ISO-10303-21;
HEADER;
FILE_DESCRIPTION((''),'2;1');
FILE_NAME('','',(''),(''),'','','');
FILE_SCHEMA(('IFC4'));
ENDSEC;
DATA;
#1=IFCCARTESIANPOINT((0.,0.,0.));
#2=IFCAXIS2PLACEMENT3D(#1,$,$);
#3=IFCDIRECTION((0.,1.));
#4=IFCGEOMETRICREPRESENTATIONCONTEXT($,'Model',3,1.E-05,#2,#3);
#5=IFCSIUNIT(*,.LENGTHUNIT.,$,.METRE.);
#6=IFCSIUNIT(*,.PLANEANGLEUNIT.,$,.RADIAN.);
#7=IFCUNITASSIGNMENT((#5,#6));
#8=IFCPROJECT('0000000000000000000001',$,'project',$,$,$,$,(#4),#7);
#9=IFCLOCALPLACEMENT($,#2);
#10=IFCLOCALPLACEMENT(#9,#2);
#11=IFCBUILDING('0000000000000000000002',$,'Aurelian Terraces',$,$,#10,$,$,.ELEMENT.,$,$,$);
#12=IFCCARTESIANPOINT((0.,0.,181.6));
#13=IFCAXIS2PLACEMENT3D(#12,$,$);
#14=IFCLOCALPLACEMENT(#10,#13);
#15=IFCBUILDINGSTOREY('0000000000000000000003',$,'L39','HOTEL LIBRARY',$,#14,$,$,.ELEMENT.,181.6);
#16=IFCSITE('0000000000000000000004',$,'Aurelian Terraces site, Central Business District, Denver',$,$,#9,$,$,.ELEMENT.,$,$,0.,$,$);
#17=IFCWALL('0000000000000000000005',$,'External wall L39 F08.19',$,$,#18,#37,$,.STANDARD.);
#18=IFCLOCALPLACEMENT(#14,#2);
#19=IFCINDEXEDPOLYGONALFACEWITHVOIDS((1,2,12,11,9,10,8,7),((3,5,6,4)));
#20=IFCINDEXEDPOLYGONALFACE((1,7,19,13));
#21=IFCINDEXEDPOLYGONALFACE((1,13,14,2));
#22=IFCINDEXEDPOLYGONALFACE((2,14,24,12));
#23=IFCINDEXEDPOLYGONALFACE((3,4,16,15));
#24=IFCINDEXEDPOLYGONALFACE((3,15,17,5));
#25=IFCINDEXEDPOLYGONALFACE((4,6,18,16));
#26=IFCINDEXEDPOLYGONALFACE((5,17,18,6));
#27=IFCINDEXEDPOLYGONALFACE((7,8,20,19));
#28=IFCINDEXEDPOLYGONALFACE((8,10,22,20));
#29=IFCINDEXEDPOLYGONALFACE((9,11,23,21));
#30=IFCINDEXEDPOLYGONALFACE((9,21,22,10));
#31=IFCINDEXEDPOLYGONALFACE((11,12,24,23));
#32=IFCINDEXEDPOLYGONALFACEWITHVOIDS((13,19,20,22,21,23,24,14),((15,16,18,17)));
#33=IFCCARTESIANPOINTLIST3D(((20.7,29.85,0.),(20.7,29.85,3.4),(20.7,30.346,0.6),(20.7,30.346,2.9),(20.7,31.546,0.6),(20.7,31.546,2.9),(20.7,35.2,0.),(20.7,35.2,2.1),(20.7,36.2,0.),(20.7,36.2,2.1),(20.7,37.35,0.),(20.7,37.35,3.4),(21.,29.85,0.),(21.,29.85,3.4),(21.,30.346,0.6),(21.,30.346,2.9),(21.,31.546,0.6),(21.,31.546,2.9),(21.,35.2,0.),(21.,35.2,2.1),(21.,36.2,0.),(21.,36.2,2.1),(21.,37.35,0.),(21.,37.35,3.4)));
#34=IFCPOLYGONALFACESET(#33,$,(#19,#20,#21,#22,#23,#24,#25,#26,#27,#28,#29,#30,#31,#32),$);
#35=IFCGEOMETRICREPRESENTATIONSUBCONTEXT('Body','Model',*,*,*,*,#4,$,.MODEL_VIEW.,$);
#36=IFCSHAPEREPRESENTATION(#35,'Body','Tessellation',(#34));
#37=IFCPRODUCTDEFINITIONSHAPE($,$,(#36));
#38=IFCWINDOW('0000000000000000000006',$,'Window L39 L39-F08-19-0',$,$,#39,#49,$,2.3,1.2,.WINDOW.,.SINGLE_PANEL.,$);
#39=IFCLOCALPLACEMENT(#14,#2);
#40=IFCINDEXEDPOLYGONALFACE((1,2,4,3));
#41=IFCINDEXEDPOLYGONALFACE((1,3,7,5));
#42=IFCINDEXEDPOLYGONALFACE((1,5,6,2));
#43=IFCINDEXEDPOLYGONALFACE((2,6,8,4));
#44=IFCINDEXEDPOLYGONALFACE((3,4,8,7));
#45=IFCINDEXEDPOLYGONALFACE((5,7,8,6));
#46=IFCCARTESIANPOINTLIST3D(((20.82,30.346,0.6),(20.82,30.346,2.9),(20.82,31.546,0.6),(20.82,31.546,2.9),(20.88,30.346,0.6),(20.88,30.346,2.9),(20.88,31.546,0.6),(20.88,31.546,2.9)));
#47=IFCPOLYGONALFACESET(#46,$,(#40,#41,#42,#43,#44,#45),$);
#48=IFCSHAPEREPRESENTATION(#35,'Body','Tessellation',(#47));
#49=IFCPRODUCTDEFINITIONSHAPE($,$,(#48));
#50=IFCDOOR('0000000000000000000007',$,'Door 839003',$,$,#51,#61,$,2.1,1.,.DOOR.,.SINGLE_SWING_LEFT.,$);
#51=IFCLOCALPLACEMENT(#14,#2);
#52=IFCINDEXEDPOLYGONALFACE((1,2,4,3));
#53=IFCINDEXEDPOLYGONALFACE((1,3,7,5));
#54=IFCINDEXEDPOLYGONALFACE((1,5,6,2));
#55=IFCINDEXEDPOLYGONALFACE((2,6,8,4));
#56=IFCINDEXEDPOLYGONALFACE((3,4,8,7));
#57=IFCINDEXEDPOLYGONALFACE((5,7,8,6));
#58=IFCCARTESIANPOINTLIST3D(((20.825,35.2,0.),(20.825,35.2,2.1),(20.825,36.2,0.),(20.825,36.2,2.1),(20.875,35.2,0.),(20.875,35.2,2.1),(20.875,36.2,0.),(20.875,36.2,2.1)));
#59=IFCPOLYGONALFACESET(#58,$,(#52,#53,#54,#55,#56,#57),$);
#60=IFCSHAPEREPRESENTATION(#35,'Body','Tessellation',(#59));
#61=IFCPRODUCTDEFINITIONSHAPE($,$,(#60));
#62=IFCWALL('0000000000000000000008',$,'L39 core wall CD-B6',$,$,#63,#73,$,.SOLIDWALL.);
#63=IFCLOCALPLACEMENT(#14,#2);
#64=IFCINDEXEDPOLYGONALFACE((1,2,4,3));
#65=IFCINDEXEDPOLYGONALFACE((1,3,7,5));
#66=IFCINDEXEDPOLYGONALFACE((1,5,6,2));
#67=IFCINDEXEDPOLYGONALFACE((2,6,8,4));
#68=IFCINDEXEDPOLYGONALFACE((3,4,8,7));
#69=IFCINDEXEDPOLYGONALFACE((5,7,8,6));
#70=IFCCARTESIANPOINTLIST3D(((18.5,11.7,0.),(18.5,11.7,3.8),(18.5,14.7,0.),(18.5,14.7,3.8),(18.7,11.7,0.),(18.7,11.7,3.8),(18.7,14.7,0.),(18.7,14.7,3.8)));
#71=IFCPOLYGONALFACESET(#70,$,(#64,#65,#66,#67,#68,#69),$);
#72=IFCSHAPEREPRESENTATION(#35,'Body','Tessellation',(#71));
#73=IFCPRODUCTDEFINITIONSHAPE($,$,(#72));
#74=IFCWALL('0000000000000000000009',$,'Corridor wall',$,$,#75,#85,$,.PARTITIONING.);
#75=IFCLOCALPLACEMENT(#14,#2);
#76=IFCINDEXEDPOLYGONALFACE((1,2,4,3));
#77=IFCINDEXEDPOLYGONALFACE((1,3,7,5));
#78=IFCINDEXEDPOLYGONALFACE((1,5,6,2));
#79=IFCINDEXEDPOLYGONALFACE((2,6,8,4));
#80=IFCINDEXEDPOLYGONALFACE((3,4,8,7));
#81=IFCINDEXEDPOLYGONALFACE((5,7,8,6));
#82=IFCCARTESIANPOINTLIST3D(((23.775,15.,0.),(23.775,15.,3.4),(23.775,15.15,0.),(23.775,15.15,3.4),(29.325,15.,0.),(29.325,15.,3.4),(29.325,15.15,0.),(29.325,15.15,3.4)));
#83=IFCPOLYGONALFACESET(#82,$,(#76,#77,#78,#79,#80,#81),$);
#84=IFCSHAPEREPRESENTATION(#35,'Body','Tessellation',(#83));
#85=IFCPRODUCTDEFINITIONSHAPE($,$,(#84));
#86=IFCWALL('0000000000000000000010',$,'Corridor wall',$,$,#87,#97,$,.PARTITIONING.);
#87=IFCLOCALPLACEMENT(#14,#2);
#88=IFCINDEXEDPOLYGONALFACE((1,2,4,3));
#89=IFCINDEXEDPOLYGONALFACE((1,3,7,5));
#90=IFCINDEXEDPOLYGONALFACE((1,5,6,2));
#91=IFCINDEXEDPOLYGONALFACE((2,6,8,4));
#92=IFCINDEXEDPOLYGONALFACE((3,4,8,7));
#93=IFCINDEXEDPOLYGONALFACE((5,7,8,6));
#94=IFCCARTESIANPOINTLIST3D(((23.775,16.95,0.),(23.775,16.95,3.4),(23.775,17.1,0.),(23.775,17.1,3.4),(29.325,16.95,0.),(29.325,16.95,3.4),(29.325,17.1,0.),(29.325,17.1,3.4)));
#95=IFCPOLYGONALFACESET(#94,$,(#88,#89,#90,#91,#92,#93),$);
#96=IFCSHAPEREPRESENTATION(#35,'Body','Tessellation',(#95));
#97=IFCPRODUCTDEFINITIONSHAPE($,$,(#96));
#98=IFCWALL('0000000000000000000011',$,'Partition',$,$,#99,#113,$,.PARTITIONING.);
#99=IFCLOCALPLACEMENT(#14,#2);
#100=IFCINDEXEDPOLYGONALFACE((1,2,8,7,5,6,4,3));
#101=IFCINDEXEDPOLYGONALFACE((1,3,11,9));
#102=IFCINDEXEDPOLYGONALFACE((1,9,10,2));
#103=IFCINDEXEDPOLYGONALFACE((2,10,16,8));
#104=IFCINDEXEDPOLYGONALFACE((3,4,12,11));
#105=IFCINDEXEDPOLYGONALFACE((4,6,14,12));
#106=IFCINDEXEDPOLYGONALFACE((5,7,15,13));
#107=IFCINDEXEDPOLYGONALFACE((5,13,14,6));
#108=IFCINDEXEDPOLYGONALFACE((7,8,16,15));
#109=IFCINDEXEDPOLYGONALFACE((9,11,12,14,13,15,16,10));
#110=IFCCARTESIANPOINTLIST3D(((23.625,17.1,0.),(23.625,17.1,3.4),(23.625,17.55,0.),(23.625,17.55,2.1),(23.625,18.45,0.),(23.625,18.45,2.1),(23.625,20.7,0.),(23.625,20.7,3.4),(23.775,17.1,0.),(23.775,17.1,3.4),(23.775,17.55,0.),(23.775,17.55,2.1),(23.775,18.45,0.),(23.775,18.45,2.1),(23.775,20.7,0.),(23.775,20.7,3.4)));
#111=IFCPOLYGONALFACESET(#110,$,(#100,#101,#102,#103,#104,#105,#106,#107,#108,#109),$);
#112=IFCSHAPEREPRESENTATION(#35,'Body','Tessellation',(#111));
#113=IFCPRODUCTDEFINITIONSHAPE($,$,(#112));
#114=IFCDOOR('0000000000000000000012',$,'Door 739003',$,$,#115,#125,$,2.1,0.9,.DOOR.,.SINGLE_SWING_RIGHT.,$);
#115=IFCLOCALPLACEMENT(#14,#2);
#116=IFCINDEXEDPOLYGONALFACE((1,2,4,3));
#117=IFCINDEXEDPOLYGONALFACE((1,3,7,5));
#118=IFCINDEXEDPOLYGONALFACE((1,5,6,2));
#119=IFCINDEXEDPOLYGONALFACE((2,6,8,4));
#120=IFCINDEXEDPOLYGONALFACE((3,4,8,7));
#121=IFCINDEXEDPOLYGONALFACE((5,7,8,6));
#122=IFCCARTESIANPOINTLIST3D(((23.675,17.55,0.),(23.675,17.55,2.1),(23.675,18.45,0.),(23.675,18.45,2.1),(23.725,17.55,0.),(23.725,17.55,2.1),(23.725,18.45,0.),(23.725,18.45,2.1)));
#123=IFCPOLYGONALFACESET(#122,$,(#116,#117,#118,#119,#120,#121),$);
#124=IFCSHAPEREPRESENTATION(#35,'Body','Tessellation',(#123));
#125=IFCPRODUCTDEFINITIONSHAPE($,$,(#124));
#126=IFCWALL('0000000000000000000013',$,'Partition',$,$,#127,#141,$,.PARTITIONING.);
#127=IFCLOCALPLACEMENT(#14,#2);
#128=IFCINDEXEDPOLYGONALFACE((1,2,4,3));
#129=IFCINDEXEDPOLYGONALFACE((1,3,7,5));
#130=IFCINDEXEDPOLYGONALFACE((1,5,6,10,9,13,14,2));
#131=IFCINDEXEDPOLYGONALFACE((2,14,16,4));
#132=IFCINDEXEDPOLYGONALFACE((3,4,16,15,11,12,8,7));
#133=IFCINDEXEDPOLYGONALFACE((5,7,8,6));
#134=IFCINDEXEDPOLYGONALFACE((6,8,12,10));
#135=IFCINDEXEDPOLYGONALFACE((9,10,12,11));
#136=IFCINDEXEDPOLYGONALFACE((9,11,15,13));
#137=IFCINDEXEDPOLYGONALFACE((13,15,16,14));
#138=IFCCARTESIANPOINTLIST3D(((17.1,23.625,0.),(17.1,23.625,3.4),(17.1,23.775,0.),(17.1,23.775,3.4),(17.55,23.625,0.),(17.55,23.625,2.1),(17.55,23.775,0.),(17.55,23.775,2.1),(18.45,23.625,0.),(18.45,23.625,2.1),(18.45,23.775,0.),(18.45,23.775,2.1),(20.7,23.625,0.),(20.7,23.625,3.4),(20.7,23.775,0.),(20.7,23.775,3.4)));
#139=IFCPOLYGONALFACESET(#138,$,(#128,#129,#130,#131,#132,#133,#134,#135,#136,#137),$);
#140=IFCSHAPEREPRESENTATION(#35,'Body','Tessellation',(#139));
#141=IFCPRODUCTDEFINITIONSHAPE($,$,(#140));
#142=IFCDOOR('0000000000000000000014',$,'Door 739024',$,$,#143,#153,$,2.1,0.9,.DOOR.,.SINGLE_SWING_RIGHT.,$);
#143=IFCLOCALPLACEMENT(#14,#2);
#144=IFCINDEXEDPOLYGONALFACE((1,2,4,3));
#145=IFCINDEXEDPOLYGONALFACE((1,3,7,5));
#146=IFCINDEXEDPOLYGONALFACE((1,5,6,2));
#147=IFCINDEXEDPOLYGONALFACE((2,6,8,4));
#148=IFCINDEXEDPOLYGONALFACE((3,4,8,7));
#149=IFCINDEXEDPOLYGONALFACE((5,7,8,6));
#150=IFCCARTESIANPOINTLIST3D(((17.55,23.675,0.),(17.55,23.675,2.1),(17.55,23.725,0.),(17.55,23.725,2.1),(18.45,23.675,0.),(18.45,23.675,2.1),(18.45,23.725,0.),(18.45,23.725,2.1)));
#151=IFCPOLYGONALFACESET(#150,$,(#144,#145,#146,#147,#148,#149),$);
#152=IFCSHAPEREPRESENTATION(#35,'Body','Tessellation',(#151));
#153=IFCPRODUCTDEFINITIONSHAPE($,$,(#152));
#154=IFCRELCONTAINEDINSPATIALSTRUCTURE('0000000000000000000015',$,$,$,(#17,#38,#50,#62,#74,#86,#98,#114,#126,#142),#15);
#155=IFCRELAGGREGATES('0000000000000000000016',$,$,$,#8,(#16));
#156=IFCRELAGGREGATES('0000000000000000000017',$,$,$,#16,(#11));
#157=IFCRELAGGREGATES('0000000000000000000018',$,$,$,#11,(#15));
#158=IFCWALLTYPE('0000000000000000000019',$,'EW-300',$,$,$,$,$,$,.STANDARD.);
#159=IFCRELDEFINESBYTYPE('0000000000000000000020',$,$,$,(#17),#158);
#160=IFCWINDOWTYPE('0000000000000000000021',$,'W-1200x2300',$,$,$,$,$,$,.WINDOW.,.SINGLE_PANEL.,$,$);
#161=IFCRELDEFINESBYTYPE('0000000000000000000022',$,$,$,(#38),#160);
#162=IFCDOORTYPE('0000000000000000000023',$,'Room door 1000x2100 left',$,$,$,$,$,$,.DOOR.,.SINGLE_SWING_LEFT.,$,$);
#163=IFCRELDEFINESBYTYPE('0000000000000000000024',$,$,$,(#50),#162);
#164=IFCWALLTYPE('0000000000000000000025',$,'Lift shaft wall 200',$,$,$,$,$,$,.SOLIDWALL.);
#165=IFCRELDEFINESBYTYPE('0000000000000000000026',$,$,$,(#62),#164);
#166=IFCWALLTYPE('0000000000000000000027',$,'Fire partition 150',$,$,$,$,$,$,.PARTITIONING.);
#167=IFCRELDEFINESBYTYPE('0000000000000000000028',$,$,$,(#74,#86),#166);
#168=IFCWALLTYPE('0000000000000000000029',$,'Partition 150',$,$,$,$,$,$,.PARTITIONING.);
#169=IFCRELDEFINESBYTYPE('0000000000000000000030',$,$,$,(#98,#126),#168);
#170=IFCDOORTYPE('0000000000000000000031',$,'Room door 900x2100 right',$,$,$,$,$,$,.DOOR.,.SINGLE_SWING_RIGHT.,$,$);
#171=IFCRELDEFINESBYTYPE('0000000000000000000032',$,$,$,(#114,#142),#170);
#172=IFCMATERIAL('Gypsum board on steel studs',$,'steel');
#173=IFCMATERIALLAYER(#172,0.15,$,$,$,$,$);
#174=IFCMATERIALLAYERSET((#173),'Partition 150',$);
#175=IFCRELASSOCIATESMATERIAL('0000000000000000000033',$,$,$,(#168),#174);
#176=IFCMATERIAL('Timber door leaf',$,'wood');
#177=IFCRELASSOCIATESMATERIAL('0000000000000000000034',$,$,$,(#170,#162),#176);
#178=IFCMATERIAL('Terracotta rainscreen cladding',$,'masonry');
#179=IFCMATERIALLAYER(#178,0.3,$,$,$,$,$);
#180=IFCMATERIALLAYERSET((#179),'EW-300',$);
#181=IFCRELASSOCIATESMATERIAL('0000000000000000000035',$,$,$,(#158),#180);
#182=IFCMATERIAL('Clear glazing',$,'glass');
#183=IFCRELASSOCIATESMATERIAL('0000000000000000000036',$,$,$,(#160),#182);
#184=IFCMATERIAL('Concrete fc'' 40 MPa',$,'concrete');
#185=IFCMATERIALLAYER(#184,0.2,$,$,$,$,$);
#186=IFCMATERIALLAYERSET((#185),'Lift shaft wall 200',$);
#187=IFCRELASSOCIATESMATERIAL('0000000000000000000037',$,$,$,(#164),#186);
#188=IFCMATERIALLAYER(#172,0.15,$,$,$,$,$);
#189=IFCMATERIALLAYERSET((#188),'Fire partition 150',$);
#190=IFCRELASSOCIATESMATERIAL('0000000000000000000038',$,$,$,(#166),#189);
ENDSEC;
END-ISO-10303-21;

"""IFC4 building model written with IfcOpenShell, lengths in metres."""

from ifc_helpers import new_model, si_unit, direction, frame, frame_2d, origin, place, context, subcontext, project, spatial, rectangle, extrude, source, transform, mapped, material, layer, layer_set, type_object, element, fill, save


model = new_model("IFC4")

# Units and contexts
model_context = context("Model", 3, precision=1e-05, world=origin(), true_north=direction((0.0, 1.0)))
body_context = subcontext(model_context, "Body", "Model", "MODEL_VIEW")
ifc_project = project(units=[si_unit("LENGTHUNIT", "METRE"), si_unit("PLANEANGLEUNIT", "RADIAN")], contexts=[model_context])

# Site, building, storey
site_placement = place(None, origin())
site = spatial("IfcSite", under=ifc_project, at=site_placement, Name="Aurelian Terraces site, Central Business District, Denver", CompositionType="ELEMENT", RefElevation=0.0)
building_placement = place(site_placement, origin())
building = spatial("IfcBuilding", under=site, at=building_placement, Name="Aurelian Terraces", CompositionType="ELEMENT")
storey_placement = place(building_placement, frame((0.0, 0.0, 181.6)))
storey = spatial("IfcBuildingStorey", under=building, at=storey_placement, Name="L39", Description="HOTEL LIBRARY", CompositionType="ELEMENT", Elevation=181.6)

# Shared definitions
ifc_material_1 = material(Name="Gypsum board on steel studs", Category="steel")
ifc_layer_1 = layer(ifc_material_1, 0.15)
ifc_layer_set_1 = layer_set([ifc_layer_1], Name="Partition 150")
wall_type_1 = type_object("IfcWallType", Name="Partition 150", PredefinedType="PARTITIONING", material=ifc_layer_set_1)
shared_shape_1 = source(origin(), body_context, "Body", "SweptSolid", [
    extrude(rectangle(XDim=0.9, YDim=2.1, at=frame_2d((0.45, 1.05))), frame((0.0, 0.085, 0.0), z_axis=(0.0, -1.0, 0.0), x_axis=(1.0, 0.0, 0.0)), (0.0, 0.0, 1.0), 0.17),
])
ifc_material_2 = material(Name="Timber door leaf", Category="wood")
door_type_1 = type_object("IfcDoorType", Name="Room door 900x2100 right", OperationType="SINGLE_SWING_RIGHT", PredefinedType="DOOR", material=ifc_material_2)
shared_shape_2 = source(origin(), body_context, "Body", "SweptSolid", [
    extrude(rectangle(XDim=0.9, YDim=2.1, at=frame_2d((0.45, 1.05))), frame((0.0, 0.025, 0.0), z_axis=(0.0, -1.0, 0.0), x_axis=(1.0, 0.0, 0.0)), (0.0, 0.0, 1.0), 0.05),
])

# Shared definitions
ifc_material_3 = material(Name="Terracotta rainscreen cladding", Category="masonry")
ifc_layer_2 = layer(ifc_material_3, 0.3)
ifc_layer_set_2 = layer_set([ifc_layer_2], Name="EW-300")
wall_type_2 = type_object("IfcWallType", Name="EW-300", PredefinedType="STANDARD", material=ifc_layer_set_2)
ifc_material_4 = material(Name="Clear glazing", Category="glass")

# Wall, openings, window, door
shared_shape_3 = source(origin(), body_context, "Body", "SweptSolid", [
    extrude(rectangle(XDim=7.5, YDim=0.3, at=frame_2d((3.75, 0.0))), origin(), (0.0, 0.0, 1.0), 3.4),
])
wall_1_placement = place(storey_placement, frame((20.85, 29.85, 0.0), z_axis=(0.0, 0.0, 1.0), x_axis=(0.0, 1.0, 0.0)))
wall_1 = element("IfcWall", 1, at=wall_1_placement, inside=storey, type_object=wall_type_2, Name="External wall L39 F08.19", PredefinedType="STANDARD", context=body_context, shape_type="MappedRepresentation", body=[
    mapped(shared_shape_3, transform((0.0, 0.0, 0.0), scale=1.0)),
])
shared_shape_4 = source(origin(), body_context, "Body", "SweptSolid", [
    extrude(rectangle(XDim=1.2, YDim=2.3, at=frame_2d((0.6, 1.15))), frame((0.0, 0.16, 0.0), z_axis=(0.0, -1.0, 0.0), x_axis=(1.0, 0.0, 0.0)), (0.0, 0.0, 1.0), 0.32),
])
opening_1_placement = place(wall_1_placement, frame((0.496, 0.0, 0.6)))
opening_1 = element("IfcOpeningElement", 2, at=opening_1_placement, cuts=wall_1, PredefinedType="OPENING", context=body_context, shape_type="MappedRepresentation", body=[
    mapped(shared_shape_4, transform((0.0, 0.0, 0.0), scale=1.0)),
])
shared_shape_5 = source(origin(), body_context, "Body", "SweptSolid", [
    extrude(rectangle(XDim=1.0, YDim=2.1, at=frame_2d((0.5, 1.05))), frame((0.0, 0.16, 0.0), z_axis=(0.0, -1.0, 0.0), x_axis=(1.0, 0.0, 0.0)), (0.0, 0.0, 1.0), 0.32),
])
opening_2_placement = place(wall_1_placement, frame((5.35, 0.0, 0.0)))
opening_2 = element("IfcOpeningElement", 3, at=opening_2_placement, cuts=wall_1, PredefinedType="OPENING", context=body_context, shape_type="MappedRepresentation", body=[
    mapped(shared_shape_5, transform((0.0, 0.0, 0.0), scale=1.0)),
])
window_type_1 = type_object("IfcWindowType", Name="W-1200x2300", PartitioningType="SINGLE_PANEL", PredefinedType="WINDOW", material=ifc_material_4)
shared_shape_6 = source(origin(), body_context, "Body", "SweptSolid", [
    extrude(rectangle(XDim=1.2, YDim=2.3, at=frame_2d((0.6, 1.15))), frame((0.0, 0.03, 0.0), z_axis=(0.0, -1.0, 0.0), x_axis=(1.0, 0.0, 0.0)), (0.0, 0.0, 1.0), 0.06),
])
window_1_placement = place(opening_1_placement, origin())
window_1 = element("IfcWindow", 4, at=window_1_placement, inside=storey, type_object=window_type_1, Name="Window L39 L39-F08-19-0", OverallHeight=2.3, OverallWidth=1.2, PartitioningType="SINGLE_PANEL", PredefinedType="WINDOW", context=body_context, shape_type="MappedRepresentation", body=[
    mapped(shared_shape_6, transform((0.0, 0.0, 0.0), scale=1.0)),
])
fill(opening_1, window_1)
door_type_2 = type_object("IfcDoorType", Name="Room door 1000x2100 left", OperationType="SINGLE_SWING_LEFT", PredefinedType="DOOR", material=ifc_material_2)
shared_shape_7 = source(origin(), body_context, "Body", "SweptSolid", [
    extrude(rectangle(XDim=1.0, YDim=2.1, at=frame_2d((0.5, 1.05))), frame((0.0, 0.025, 0.0), z_axis=(0.0, -1.0, 0.0), x_axis=(1.0, 0.0, 0.0)), (0.0, 0.0, 1.0), 0.05),
])
door_1_placement = place(opening_2_placement, origin())
door_1 = element("IfcDoor", 5, at=door_1_placement, inside=storey, type_object=door_type_2, Name="Door 839003", OperationType="SINGLE_SWING_LEFT", OverallHeight=2.1, OverallWidth=1.0, PredefinedType="DOOR", context=body_context, shape_type="MappedRepresentation", body=[
    mapped(shared_shape_7, transform((0.0, 0.0, 0.0), scale=1.0)),
])
fill(opening_2, door_1)

# Walls
ifc_material_5 = material(Name="Concrete fc' 40 MPa", Category="concrete")
ifc_layer_3 = layer(ifc_material_5, 0.2)
ifc_layer_set_3 = layer_set([ifc_layer_3], Name="Lift shaft wall 200")
wall_type_3 = type_object("IfcWallType", Name="Lift shaft wall 200", PredefinedType="SOLIDWALL", material=ifc_layer_set_3)
shared_shape_8 = source(origin(), body_context, "Body", "SweptSolid", [
    extrude(rectangle(XDim=3.0, YDim=0.2, at=frame_2d((1.5, 0.0))), origin(), (0.0, 0.0, 1.0), 3.8),
])
wall_2_placement = place(storey_placement, frame((18.6, 11.7, 0.0), z_axis=(0.0, 0.0, 1.0), x_axis=(0.0, 1.0, 0.0)))
element("IfcWall", 6, at=wall_2_placement, inside=storey, type_object=wall_type_3, Name="L39 core wall CD-B6", PredefinedType="SOLIDWALL", context=body_context, shape_type="MappedRepresentation", body=[
    mapped(shared_shape_8, transform((0.0, 0.0, 0.0), scale=1.0)),
])
ifc_layer_4 = layer(ifc_material_1, 0.15)
ifc_layer_set_4 = layer_set([ifc_layer_4], Name="Fire partition 150")
wall_type_4 = type_object("IfcWallType", Name="Fire partition 150", PredefinedType="PARTITIONING", material=ifc_layer_set_4)
shared_shape_9 = source(origin(), body_context, "Body", "SweptSolid", [
    extrude(rectangle(XDim=5.55, YDim=0.15, at=frame_2d((2.775, 0.0))), origin(), (0.0, 0.0, 1.0), 3.4),
])
for number, where, z_axis, x_axis, name in (
    (7, (29.325, 15.075, 0.0), (0.0, 0.0, 1.0), (-1.0, 0.0, 0.0), "Corridor wall"),
    (8, (23.775, 17.025, 0.0), (0.0, 0.0, 1.0), (1.0, 0.0, 0.0), "Corridor wall"),
):
    element("IfcWall", number, at=place(storey_placement, frame(where, z_axis=z_axis, x_axis=x_axis)), inside=storey, type_object=wall_type_4, Name=name, PredefinedType="PARTITIONING", context=body_context, shape_type="MappedRepresentation", body=[
        mapped(shared_shape_9, transform((0.0, 0.0, 0.0), scale=1.0)),
    ])

# Walls, openings, doors
shared_shape_10 = source(origin(), body_context, "Body", "SweptSolid", [
    extrude(rectangle(XDim=3.6, YDim=0.15, at=frame_2d((1.8, 0.0))), origin(), (0.0, 0.0, 1.0), 3.4),
])
wall_3_placement = place(storey_placement, frame((23.7, 20.7, 0.0), z_axis=(0.0, 0.0, 1.0), x_axis=(0.0, -1.0, 0.0)))
wall_3 = element("IfcWall", 9, at=wall_3_placement, inside=storey, type_object=wall_type_1, Name="Partition", PredefinedType="PARTITIONING", context=body_context, shape_type="MappedRepresentation", body=[
    mapped(shared_shape_10, transform((0.0, 0.0, 0.0), scale=1.0)),
])
opening_3_placement = place(wall_3_placement, frame((2.25, 0.0, 0.0)))
opening_3 = element("IfcOpeningElement", 10, at=opening_3_placement, cuts=wall_3, PredefinedType="OPENING", context=body_context, shape_type="MappedRepresentation", body=[
    mapped(shared_shape_1, transform((0.0, 0.0, 0.0), scale=1.0)),
])
door_2_placement = place(opening_3_placement, origin())
door_2 = element("IfcDoor", 11, at=door_2_placement, inside=storey, type_object=door_type_1, Name="Door 739003", OperationType="SINGLE_SWING_RIGHT", OverallHeight=2.1, OverallWidth=0.9, PredefinedType="DOOR", context=body_context, shape_type="MappedRepresentation", body=[
    mapped(shared_shape_2, transform((0.0, 0.0, 0.0), scale=1.0)),
])
fill(opening_3, door_2)
wall_4_placement = place(storey_placement, frame((17.1, 23.7, 0.0), z_axis=(0.0, 0.0, 1.0), x_axis=(1.0, 0.0, 0.0)))
wall_4 = element("IfcWall", 12, at=wall_4_placement, inside=storey, type_object=wall_type_1, Name="Partition", PredefinedType="PARTITIONING", context=body_context, shape_type="MappedRepresentation", body=[
    mapped(shared_shape_10, transform((0.0, 0.0, 0.0), scale=1.0)),
])
opening_4_placement = place(wall_4_placement, frame((0.45, 0.0, 0.0)))
opening_4 = element("IfcOpeningElement", 13, at=opening_4_placement, cuts=wall_4, PredefinedType="OPENING", context=body_context, shape_type="MappedRepresentation", body=[
    mapped(shared_shape_1, transform((0.0, 0.0, 0.0), scale=1.0)),
])
door_3_placement = place(opening_4_placement, origin())
door_3 = element("IfcDoor", 14, at=door_3_placement, inside=storey, type_object=door_type_1, Name="Door 739024", OperationType="SINGLE_SWING_RIGHT", OverallHeight=2.1, OverallWidth=0.9, PredefinedType="DOOR", context=body_context, shape_type="MappedRepresentation", body=[
    mapped(shared_shape_2, transform((0.0, 0.0, 0.0), scale=1.0)),
])
fill(opening_4, door_3)

save(model, "model.ifc")
